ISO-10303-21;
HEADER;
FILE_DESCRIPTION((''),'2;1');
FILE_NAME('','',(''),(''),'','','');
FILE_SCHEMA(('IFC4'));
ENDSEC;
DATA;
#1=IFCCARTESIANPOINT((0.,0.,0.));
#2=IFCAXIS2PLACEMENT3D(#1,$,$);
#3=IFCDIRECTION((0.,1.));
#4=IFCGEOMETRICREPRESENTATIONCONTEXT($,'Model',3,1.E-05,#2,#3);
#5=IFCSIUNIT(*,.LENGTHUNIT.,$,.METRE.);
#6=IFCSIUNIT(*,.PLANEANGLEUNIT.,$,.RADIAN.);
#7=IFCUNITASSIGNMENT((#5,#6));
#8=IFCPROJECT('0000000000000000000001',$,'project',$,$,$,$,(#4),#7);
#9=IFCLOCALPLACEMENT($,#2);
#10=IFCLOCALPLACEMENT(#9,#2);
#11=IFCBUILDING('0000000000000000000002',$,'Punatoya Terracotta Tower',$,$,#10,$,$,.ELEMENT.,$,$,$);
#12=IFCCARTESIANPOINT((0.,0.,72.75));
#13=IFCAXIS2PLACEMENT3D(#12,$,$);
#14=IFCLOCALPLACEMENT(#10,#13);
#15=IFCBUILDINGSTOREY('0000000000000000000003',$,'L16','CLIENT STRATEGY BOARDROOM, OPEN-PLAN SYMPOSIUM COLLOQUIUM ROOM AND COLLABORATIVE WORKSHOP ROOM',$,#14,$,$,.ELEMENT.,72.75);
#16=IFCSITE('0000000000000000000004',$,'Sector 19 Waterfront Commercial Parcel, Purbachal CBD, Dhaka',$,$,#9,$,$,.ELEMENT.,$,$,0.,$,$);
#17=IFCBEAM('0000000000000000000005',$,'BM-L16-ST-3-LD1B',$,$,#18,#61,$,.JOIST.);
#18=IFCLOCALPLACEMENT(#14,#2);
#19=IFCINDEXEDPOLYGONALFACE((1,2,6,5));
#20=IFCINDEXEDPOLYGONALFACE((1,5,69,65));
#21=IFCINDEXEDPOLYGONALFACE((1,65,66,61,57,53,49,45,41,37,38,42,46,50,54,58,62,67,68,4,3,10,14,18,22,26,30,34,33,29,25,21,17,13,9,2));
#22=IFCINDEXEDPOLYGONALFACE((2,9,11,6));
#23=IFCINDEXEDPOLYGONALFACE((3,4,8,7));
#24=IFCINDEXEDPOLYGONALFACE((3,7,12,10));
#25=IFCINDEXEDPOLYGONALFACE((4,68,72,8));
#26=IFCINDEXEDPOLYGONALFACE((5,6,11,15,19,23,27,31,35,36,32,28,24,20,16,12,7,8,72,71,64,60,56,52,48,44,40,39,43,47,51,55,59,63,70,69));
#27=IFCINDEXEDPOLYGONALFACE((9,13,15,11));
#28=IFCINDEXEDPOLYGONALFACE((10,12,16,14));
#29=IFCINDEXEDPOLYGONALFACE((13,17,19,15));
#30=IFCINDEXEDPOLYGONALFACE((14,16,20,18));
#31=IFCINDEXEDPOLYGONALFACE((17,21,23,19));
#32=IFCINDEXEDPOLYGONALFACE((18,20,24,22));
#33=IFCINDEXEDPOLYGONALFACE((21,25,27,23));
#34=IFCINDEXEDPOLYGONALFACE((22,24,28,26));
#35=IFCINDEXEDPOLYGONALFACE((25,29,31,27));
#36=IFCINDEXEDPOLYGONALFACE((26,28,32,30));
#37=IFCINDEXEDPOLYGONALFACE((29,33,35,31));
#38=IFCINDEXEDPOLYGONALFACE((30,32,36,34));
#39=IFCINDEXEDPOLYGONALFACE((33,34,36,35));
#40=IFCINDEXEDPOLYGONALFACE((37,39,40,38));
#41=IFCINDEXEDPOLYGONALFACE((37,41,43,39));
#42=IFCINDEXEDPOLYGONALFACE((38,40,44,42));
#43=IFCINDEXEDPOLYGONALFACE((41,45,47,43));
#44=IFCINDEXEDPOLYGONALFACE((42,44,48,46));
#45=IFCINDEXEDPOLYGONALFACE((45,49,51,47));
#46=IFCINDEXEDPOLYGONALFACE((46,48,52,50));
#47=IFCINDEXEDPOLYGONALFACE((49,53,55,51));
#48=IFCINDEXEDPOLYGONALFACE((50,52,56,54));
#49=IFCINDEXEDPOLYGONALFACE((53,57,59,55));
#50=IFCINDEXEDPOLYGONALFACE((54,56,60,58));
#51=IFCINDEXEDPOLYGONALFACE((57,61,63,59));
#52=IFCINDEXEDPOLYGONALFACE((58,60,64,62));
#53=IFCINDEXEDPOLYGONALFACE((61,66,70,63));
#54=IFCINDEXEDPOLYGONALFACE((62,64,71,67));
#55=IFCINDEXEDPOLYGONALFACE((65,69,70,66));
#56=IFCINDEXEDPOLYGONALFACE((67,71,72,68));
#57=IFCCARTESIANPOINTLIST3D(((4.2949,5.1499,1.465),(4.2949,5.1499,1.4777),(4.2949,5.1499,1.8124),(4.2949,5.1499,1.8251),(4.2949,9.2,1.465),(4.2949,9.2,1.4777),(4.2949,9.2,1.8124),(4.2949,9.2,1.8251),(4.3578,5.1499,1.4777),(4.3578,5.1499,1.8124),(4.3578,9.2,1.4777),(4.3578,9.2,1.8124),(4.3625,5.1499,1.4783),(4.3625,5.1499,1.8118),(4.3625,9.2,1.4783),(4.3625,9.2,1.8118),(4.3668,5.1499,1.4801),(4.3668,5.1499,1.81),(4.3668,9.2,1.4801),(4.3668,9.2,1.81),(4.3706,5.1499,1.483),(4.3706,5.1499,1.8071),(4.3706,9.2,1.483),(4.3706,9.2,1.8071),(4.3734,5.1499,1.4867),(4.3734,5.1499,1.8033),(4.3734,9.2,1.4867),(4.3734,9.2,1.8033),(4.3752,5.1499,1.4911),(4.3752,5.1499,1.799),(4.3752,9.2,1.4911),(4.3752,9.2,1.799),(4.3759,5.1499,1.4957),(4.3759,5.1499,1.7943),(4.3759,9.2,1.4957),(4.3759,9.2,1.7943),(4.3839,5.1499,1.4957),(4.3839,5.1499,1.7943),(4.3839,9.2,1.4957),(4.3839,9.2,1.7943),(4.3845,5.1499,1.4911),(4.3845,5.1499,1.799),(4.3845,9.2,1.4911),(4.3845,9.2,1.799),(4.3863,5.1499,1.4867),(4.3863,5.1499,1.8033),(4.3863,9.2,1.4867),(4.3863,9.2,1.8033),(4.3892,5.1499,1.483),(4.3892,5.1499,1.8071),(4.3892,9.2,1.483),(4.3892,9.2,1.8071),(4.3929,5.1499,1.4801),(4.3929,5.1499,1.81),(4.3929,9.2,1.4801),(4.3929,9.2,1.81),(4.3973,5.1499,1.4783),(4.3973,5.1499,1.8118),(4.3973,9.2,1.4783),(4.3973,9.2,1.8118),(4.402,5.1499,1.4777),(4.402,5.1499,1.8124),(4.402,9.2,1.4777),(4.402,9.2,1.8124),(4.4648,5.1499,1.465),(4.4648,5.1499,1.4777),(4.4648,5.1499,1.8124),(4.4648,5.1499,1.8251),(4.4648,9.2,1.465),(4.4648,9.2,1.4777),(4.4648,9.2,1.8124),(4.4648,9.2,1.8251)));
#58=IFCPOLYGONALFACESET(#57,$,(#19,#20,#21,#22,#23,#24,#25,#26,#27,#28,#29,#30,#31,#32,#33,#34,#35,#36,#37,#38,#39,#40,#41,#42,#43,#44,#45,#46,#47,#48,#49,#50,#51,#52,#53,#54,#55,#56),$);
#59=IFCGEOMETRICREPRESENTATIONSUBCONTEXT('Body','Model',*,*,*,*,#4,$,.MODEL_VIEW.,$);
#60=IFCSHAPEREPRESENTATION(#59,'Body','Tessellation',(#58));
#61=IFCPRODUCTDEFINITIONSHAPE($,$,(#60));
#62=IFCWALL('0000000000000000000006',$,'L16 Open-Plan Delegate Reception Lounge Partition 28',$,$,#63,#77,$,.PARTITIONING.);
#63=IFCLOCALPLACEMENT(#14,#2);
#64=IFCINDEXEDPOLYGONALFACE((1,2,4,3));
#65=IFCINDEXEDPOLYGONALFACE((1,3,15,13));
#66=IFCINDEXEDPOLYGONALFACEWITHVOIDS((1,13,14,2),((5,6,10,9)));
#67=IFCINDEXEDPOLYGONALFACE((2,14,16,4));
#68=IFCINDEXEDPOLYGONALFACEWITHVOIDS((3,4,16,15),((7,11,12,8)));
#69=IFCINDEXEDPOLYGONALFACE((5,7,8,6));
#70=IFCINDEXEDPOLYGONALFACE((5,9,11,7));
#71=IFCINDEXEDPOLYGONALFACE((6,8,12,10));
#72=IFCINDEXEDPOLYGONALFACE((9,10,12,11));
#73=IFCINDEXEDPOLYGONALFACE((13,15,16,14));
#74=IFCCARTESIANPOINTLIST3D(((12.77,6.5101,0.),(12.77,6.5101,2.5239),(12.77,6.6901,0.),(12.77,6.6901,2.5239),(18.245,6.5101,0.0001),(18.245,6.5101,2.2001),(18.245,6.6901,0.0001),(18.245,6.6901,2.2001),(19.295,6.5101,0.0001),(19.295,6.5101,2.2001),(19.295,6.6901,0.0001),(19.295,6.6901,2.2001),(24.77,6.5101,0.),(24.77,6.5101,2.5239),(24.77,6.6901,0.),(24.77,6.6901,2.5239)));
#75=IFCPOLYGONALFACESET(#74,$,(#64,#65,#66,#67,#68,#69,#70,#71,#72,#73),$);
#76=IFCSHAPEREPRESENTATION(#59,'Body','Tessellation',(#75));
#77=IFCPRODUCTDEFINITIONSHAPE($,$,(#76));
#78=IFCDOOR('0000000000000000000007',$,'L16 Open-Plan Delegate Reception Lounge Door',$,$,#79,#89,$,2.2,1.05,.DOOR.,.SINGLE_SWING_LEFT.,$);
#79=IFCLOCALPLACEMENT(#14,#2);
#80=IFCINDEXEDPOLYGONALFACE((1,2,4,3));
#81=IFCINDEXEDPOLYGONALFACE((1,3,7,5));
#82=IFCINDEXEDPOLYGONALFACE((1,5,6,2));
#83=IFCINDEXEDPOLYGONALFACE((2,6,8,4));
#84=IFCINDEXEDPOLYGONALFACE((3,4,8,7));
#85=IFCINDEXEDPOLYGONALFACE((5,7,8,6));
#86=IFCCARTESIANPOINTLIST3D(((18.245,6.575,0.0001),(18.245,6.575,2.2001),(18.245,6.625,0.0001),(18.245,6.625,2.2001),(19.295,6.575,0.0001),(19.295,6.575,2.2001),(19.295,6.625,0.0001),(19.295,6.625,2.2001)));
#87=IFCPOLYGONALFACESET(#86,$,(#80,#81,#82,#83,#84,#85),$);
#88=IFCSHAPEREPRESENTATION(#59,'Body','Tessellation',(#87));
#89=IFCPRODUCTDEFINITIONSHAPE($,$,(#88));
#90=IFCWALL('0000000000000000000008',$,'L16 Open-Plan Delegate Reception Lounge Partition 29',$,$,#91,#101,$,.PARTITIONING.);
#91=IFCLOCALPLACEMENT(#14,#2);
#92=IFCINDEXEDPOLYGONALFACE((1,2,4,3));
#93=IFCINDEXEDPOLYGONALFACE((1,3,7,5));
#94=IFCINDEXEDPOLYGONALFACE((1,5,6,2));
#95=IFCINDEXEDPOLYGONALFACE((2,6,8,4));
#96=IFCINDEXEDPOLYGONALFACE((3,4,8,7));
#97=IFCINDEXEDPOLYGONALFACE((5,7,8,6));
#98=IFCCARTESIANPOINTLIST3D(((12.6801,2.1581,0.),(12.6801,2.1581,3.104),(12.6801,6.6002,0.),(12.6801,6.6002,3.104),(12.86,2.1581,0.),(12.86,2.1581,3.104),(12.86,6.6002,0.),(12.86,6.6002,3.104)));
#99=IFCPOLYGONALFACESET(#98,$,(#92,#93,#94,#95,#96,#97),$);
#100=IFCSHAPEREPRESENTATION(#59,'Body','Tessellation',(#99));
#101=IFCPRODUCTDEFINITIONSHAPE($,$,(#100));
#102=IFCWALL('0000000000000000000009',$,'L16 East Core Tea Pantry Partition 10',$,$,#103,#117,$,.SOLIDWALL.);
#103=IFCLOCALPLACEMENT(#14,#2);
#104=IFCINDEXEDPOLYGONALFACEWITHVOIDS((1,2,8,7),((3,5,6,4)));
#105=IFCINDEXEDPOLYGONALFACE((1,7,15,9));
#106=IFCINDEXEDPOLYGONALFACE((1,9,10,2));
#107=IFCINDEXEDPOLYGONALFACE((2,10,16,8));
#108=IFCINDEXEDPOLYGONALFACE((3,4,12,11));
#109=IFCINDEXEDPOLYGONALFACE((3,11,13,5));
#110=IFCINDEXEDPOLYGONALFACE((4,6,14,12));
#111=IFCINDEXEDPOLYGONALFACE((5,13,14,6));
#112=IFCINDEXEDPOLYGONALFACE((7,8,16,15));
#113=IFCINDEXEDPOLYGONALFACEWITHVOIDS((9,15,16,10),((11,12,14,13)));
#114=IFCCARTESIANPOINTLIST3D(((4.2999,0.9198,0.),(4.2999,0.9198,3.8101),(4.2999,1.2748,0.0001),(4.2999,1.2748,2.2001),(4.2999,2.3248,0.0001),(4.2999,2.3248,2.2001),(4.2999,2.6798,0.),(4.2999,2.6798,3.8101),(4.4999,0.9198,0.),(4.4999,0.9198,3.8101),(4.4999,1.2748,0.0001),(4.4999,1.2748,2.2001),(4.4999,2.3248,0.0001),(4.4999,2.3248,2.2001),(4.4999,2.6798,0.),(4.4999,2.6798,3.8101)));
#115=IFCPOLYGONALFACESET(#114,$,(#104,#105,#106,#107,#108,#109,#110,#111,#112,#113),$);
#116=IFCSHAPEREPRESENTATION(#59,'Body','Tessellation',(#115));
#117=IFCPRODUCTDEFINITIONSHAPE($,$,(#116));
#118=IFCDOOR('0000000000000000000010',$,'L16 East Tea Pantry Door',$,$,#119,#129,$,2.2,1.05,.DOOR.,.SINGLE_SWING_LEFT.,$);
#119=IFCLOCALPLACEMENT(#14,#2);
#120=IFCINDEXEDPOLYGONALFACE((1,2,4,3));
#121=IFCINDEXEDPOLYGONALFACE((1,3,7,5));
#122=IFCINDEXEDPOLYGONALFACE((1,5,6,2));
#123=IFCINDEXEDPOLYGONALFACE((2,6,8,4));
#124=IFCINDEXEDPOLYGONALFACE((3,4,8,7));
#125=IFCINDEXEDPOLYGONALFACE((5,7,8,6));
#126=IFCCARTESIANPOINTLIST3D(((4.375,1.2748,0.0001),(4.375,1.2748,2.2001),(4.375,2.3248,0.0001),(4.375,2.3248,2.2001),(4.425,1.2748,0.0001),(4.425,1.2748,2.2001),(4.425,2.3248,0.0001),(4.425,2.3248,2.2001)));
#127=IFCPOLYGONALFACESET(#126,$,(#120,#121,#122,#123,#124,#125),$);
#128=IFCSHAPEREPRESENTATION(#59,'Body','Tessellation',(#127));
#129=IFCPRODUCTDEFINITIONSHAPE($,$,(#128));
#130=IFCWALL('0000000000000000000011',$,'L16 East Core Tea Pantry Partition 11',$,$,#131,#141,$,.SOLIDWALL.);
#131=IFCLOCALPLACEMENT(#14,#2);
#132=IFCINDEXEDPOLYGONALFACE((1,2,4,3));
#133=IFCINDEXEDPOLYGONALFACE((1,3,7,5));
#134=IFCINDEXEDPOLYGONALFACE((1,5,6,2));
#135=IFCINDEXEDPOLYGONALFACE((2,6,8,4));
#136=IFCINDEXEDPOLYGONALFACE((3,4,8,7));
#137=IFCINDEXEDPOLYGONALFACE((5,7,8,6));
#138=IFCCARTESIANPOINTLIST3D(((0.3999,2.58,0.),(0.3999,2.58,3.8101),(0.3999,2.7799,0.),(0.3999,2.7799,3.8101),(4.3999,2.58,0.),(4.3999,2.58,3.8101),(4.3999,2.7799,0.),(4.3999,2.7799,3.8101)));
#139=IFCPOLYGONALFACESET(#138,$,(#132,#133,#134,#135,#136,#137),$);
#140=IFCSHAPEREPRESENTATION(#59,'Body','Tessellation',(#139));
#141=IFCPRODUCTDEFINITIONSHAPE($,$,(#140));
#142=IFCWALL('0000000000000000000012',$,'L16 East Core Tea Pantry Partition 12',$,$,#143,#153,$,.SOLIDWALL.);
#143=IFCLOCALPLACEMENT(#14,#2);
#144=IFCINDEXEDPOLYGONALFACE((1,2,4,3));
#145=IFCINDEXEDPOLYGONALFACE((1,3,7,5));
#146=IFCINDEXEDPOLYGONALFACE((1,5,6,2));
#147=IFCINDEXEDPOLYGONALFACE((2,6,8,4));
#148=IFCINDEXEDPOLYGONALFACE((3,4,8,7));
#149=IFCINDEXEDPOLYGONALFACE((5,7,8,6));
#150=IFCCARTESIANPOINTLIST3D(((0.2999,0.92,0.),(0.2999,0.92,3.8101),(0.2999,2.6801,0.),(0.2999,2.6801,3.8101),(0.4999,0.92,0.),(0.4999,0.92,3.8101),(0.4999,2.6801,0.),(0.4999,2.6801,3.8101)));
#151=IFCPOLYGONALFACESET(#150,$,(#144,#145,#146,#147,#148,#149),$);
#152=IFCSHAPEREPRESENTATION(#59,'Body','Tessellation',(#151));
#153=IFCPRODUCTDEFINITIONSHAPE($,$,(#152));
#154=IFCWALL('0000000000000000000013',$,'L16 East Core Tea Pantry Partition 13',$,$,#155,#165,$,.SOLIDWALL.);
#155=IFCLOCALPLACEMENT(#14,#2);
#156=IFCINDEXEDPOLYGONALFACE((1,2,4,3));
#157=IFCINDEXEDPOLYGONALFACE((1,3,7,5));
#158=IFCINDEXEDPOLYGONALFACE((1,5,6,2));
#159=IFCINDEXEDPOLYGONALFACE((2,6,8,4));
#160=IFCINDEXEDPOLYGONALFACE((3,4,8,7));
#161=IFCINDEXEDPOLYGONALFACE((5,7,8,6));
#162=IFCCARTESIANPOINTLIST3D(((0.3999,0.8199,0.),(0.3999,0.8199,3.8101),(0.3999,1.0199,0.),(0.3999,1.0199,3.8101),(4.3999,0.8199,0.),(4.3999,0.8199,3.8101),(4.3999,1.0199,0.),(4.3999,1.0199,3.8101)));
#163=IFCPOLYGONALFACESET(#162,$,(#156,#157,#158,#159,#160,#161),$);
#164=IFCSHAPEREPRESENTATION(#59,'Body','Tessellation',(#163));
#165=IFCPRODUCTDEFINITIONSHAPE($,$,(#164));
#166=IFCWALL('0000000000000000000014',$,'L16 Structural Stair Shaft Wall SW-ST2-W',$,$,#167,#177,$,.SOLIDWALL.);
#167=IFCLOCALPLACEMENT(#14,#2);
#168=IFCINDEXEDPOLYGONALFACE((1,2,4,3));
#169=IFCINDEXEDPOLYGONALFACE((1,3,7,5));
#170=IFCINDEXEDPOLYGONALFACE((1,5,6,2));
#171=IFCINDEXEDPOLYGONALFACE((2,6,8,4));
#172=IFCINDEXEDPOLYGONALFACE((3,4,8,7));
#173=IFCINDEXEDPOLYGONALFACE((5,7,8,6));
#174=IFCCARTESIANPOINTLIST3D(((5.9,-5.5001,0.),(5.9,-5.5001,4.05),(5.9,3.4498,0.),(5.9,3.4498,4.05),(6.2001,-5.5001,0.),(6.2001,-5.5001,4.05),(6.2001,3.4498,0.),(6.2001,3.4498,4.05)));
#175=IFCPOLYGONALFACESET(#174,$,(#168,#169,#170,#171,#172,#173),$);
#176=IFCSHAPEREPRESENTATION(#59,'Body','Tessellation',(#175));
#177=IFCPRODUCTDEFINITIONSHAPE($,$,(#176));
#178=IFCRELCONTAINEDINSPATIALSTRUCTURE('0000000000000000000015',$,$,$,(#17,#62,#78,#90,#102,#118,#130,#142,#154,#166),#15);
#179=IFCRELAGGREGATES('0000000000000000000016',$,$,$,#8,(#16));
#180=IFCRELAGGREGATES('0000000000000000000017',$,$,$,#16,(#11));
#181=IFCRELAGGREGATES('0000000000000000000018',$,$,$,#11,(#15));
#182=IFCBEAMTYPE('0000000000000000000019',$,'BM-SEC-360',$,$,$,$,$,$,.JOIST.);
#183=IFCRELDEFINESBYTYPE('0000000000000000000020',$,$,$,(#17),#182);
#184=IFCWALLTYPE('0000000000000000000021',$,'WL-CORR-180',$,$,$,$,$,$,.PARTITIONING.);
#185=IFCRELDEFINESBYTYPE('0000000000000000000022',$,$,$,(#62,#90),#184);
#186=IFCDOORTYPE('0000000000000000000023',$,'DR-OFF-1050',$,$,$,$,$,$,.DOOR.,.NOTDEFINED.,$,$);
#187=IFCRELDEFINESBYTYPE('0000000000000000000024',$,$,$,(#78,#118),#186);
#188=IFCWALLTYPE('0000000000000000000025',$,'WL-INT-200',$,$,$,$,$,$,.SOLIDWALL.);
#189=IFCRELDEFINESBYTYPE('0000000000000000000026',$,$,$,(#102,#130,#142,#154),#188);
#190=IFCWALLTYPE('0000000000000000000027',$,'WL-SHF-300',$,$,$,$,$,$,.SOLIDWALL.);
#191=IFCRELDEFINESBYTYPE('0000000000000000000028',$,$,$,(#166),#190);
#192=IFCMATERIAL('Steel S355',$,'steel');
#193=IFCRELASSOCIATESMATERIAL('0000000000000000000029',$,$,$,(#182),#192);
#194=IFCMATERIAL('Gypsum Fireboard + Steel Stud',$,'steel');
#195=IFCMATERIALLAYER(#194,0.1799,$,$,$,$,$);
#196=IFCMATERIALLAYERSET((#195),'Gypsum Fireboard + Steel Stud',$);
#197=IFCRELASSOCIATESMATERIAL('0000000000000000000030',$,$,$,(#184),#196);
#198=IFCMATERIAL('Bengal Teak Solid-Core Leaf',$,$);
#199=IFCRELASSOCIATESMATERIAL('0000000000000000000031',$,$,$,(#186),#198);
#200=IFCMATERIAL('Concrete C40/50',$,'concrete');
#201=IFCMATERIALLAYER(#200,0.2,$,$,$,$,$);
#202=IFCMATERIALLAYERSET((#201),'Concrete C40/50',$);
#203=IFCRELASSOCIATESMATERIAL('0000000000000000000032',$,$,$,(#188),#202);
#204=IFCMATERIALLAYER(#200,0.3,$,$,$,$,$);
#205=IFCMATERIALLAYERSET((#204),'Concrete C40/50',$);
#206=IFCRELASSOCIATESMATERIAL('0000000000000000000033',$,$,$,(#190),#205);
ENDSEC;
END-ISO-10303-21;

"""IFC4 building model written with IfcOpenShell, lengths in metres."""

from ifc_helpers import new_model, si_unit, direction, frame, frame_2d, origin, origin_2d, place, context, subcontext, project, spatial, rectangle, i_section, extrude, material, layer, layer_set, material_profile, profile_set, type_object, element, fill, save


model = new_model("IFC4")

# Units and contexts
model_context = context("Model", 3, precision=1e-05, world=origin(), true_north=direction((0.0, 1.0)))
body_context = subcontext(model_context, "Body", "Model", "MODEL_VIEW")
ifc_project = project(units=[si_unit("LENGTHUNIT", "METRE"), si_unit("PLANEANGLEUNIT", "RADIAN")], contexts=[model_context])

# Site, building, storey
site_placement = place(None, origin())
site = spatial("IfcSite", under=ifc_project, at=site_placement, Name="Sector 19 Waterfront Commercial Parcel, Purbachal CBD, Dhaka", CompositionType="ELEMENT", RefElevation=0.0)
building_placement = place(site_placement, origin())
building = spatial("IfcBuilding", under=site, at=building_placement, Name="Punatoya Terracotta Tower", CompositionType="ELEMENT")
storey_placement = place(building_placement, frame((0.0, 0.0, 72.75)))
storey = spatial("IfcBuildingStorey", under=building, at=storey_placement, Name="L16", Description="CLIENT STRATEGY BOARDROOM, OPEN-PLAN SYMPOSIUM COLLOQUIUM ROOM AND COLLABORATIVE WORKSHOP ROOM", CompositionType="ELEMENT", Elevation=72.75)

# Beam
ifc_material_1 = material(Name="Steel S355", Category="steel")
ifc_material_profile_1 = material_profile(ifc_material_1, i_section(OverallWidth=0.1699, OverallDepth=0.3601, WebThickness=0.0081, FlangeThickness=0.0127, FilletRadius=0.0181, at=origin_2d()))
ifc_profile_set_1 = profile_set([ifc_material_profile_1], Name="Steel S355")
beam_type_1 = type_object("IfcBeamType", Name="BM-SEC-360", PredefinedType="JOIST", material=ifc_profile_set_1)
for number, where, z_axis, x_axis, name in (
    (1, (4.3799, 5.1499, 1.645), (0.0, 1.0, 0.0), (-1.0, 0.0, 0.0), "BM-L16-ST-3-LD1B"),
):
    element("IfcBeam", number, at=place(storey_placement, frame(where, z_axis=z_axis, x_axis=x_axis)), inside=storey, type_object=beam_type_1, Name=name, PredefinedType="JOIST", context=body_context, shape_type="SweptSolid", body=[
        extrude(i_section(OverallWidth=0.1699, OverallDepth=0.3601, WebThickness=0.0081, FlangeThickness=0.0127, FilletRadius=0.0181, at=origin_2d()), origin(), (0.0, 0.0, 1.0), 4.05),
    ])

# Wall, opening, door
ifc_material_2 = material(Name="Gypsum Fireboard + Steel Stud", Category="steel")
ifc_layer_1 = layer(ifc_material_2, 0.1799)
ifc_layer_set_1 = layer_set([ifc_layer_1], Name="Gypsum Fireboard + Steel Stud")
wall_type_1 = type_object("IfcWallType", Name="WL-CORR-180", PredefinedType="PARTITIONING", material=ifc_layer_set_1)
wall_1_placement = place(storey_placement, frame((12.77, 6.6001, 0.0), z_axis=(0.0, 0.0, 1.0), x_axis=(1.0, 0.0, 0.0)))
wall_1 = element("IfcWall", 2, at=wall_1_placement, inside=storey, type_object=wall_type_1, Name="L16 Open-Plan Delegate Reception Lounge Partition 28", PredefinedType="PARTITIONING", context=body_context, shape_type="SweptSolid", body=[
    extrude(rectangle(XDim=12.0, YDim=0.1799, at=frame_2d((6.0, 0.0))), origin(), (0.0, 0.0, 1.0), 2.5239),
])
opening_1_placement = place(wall_1_placement, frame((5.4751, 0.0, 0.0)))
opening_1 = element("IfcOpeningElement", 3, at=opening_1_placement, cuts=wall_1, PredefinedType="OPENING", context=body_context, shape_type="SweptSolid", body=[
    extrude(rectangle(XDim=1.05, YDim=2.2, at=frame_2d((0.5249, 1.1001))), frame((0.0, 0.0999, 0.0), z_axis=(0.0, -1.0, 0.0), x_axis=(1.0, 0.0, 0.0)), (0.0, 0.0, 1.0), 0.2),
])
ifc_material_3 = material(Name="Bengal Teak Solid-Core Leaf")
door_type = type_object("IfcDoorType", Name="DR-OFF-1050", OperationType="NOTDEFINED", PredefinedType="DOOR", material=ifc_material_3)
door_1_placement = place(opening_1_placement, origin())
door_1 = element("IfcDoor", 4, at=door_1_placement, inside=storey, type_object=door_type, Name="L16 Open-Plan Delegate Reception Lounge Door", OperationType="SINGLE_SWING_LEFT", OverallHeight=2.2, OverallWidth=1.05, PredefinedType="DOOR", context=body_context, shape_type="SweptSolid", body=[
    extrude(rectangle(XDim=1.05, YDim=2.2, at=frame_2d((0.5249, 1.1001))), frame((0.0, 0.0249, 0.0), z_axis=(0.0, -1.0, 0.0), x_axis=(1.0, 0.0, 0.0)), (0.0, 0.0, 1.0), 0.05),
])
fill(opening_1, door_1)

# Wall
wall_2_placement = place(storey_placement, frame((12.77, 2.158, 0.0), z_axis=(0.0, 0.0, 1.0), x_axis=(0.0, 1.0, 0.0)))
element("IfcWall", 5, at=wall_2_placement, inside=storey, type_object=wall_type_1, Name="L16 Open-Plan Delegate Reception Lounge Partition 29", PredefinedType="PARTITIONING", context=body_context, shape_type="SweptSolid", body=[
    extrude(rectangle(XDim=4.4421, YDim=0.1799, at=frame_2d((2.2212, 0.0))), origin(), (0.0, 0.0, 1.0), 3.104),
])

# Wall, opening, door
ifc_material_4 = material(Name="Concrete C40/50", Category="concrete")
ifc_layer_2 = layer(ifc_material_4, 0.2)
ifc_layer_set_2 = layer_set([ifc_layer_2], Name="Concrete C40/50")
wall_type_2 = type_object("IfcWallType", Name="WL-INT-200", PredefinedType="SOLIDWALL", material=ifc_layer_set_2)
wall_3_placement = place(storey_placement, frame((4.3999, 0.9199, 0.0), z_axis=(0.0, 0.0, 1.0), x_axis=(0.0, 1.0, 0.0)))
wall_3 = element("IfcWall", 6, at=wall_3_placement, inside=storey, type_object=wall_type_2, Name="L16 East Core Tea Pantry Partition 10", PredefinedType="SOLIDWALL", context=body_context, shape_type="SweptSolid", body=[
    extrude(rectangle(XDim=1.76, YDim=0.2, at=frame_2d((0.8799, 0.0))), origin(), (0.0, 0.0, 1.0), 3.8101),
])
opening_2_placement = place(wall_3_placement, frame((0.355, 0.0, 0.0)))
opening_2 = element("IfcOpeningElement", 7, at=opening_2_placement, cuts=wall_3, PredefinedType="OPENING", context=body_context, shape_type="SweptSolid", body=[
    extrude(rectangle(XDim=1.05, YDim=2.2, at=frame_2d((0.5249, 1.1001))), frame((0.0, 0.1099, 0.0), z_axis=(0.0, -1.0, 0.0), x_axis=(1.0, 0.0, 0.0)), (0.0, 0.0, 1.0), 0.22),
])
door_2_placement = place(opening_2_placement, origin())
door_2 = element("IfcDoor", 8, at=door_2_placement, inside=storey, type_object=door_type, Name="L16 East Tea Pantry Door", OperationType="SINGLE_SWING_LEFT", OverallHeight=2.2, OverallWidth=1.05, PredefinedType="DOOR", context=body_context, shape_type="SweptSolid", body=[
    extrude(rectangle(XDim=1.05, YDim=2.2, at=frame_2d((0.5249, 1.1001))), frame((0.0, 0.0249, 0.0), z_axis=(0.0, -1.0, 0.0), x_axis=(1.0, 0.0, 0.0)), (0.0, 0.0, 1.0), 0.05),
])
fill(opening_2, door_2)

# Walls
wall_4_placement = place(storey_placement, frame((4.3999, 2.6799, 0.0), z_axis=(0.0, 0.0, 1.0), x_axis=(-1.0, 0.0, 0.0)))
element("IfcWall", 9, at=wall_4_placement, inside=storey, type_object=wall_type_2, Name="L16 East Core Tea Pantry Partition 11", PredefinedType="SOLIDWALL", context=body_context, shape_type="SweptSolid", body=[
    extrude(rectangle(XDim=4.0, YDim=0.2, at=frame_2d((2.0, 0.0))), origin(), (0.0, 0.0, 1.0), 3.8101),
])
wall_5_placement = place(storey_placement, frame((0.3999, 2.6799, 0.0), z_axis=(0.0, 0.0, 1.0), x_axis=(0.0, -1.0, 0.0)))
element("IfcWall", 10, at=wall_5_placement, inside=storey, type_object=wall_type_2, Name="L16 East Core Tea Pantry Partition 12", PredefinedType="SOLIDWALL", context=body_context, shape_type="SweptSolid", body=[
    extrude(rectangle(XDim=1.76, YDim=0.2, at=frame_2d((0.8799, 0.0))), origin(), (0.0, 0.0, 1.0), 3.8101),
])
wall_6_placement = place(storey_placement, frame((0.3999, 0.9199, 0.0), z_axis=(0.0, 0.0, 1.0), x_axis=(1.0, 0.0, 0.0)))
element("IfcWall", 11, at=wall_6_placement, inside=storey, type_object=wall_type_2, Name="L16 East Core Tea Pantry Partition 13", PredefinedType="SOLIDWALL", context=body_context, shape_type="SweptSolid", body=[
    extrude(rectangle(XDim=4.0, YDim=0.2, at=frame_2d((2.0, 0.0))), origin(), (0.0, 0.0, 1.0), 3.8101),
])
ifc_layer_3 = layer(ifc_material_4, 0.3)
ifc_layer_set_3 = layer_set([ifc_layer_3], Name="Concrete C40/50")
wall_type_3 = type_object("IfcWallType", Name="WL-SHF-300", PredefinedType="SOLIDWALL", material=ifc_layer_set_3)
wall_7_placement = place(storey_placement, frame((6.05, 3.45, 0.0), z_axis=(0.0, 0.0, 1.0), x_axis=(0.0, -1.0, 0.0)))
element("IfcWall", 12, at=wall_7_placement, inside=storey, type_object=wall_type_3, Name="L16 Structural Stair Shaft Wall SW-ST2-W", PredefinedType="SOLIDWALL", context=body_context, shape_type="SweptSolid", body=[
    extrude(rectangle(XDim=8.95, YDim=0.3, at=frame_2d((4.4751, 0.0))), origin(), (0.0, 0.0, 1.0), 4.05),
])

save(model, "model.ifc")
